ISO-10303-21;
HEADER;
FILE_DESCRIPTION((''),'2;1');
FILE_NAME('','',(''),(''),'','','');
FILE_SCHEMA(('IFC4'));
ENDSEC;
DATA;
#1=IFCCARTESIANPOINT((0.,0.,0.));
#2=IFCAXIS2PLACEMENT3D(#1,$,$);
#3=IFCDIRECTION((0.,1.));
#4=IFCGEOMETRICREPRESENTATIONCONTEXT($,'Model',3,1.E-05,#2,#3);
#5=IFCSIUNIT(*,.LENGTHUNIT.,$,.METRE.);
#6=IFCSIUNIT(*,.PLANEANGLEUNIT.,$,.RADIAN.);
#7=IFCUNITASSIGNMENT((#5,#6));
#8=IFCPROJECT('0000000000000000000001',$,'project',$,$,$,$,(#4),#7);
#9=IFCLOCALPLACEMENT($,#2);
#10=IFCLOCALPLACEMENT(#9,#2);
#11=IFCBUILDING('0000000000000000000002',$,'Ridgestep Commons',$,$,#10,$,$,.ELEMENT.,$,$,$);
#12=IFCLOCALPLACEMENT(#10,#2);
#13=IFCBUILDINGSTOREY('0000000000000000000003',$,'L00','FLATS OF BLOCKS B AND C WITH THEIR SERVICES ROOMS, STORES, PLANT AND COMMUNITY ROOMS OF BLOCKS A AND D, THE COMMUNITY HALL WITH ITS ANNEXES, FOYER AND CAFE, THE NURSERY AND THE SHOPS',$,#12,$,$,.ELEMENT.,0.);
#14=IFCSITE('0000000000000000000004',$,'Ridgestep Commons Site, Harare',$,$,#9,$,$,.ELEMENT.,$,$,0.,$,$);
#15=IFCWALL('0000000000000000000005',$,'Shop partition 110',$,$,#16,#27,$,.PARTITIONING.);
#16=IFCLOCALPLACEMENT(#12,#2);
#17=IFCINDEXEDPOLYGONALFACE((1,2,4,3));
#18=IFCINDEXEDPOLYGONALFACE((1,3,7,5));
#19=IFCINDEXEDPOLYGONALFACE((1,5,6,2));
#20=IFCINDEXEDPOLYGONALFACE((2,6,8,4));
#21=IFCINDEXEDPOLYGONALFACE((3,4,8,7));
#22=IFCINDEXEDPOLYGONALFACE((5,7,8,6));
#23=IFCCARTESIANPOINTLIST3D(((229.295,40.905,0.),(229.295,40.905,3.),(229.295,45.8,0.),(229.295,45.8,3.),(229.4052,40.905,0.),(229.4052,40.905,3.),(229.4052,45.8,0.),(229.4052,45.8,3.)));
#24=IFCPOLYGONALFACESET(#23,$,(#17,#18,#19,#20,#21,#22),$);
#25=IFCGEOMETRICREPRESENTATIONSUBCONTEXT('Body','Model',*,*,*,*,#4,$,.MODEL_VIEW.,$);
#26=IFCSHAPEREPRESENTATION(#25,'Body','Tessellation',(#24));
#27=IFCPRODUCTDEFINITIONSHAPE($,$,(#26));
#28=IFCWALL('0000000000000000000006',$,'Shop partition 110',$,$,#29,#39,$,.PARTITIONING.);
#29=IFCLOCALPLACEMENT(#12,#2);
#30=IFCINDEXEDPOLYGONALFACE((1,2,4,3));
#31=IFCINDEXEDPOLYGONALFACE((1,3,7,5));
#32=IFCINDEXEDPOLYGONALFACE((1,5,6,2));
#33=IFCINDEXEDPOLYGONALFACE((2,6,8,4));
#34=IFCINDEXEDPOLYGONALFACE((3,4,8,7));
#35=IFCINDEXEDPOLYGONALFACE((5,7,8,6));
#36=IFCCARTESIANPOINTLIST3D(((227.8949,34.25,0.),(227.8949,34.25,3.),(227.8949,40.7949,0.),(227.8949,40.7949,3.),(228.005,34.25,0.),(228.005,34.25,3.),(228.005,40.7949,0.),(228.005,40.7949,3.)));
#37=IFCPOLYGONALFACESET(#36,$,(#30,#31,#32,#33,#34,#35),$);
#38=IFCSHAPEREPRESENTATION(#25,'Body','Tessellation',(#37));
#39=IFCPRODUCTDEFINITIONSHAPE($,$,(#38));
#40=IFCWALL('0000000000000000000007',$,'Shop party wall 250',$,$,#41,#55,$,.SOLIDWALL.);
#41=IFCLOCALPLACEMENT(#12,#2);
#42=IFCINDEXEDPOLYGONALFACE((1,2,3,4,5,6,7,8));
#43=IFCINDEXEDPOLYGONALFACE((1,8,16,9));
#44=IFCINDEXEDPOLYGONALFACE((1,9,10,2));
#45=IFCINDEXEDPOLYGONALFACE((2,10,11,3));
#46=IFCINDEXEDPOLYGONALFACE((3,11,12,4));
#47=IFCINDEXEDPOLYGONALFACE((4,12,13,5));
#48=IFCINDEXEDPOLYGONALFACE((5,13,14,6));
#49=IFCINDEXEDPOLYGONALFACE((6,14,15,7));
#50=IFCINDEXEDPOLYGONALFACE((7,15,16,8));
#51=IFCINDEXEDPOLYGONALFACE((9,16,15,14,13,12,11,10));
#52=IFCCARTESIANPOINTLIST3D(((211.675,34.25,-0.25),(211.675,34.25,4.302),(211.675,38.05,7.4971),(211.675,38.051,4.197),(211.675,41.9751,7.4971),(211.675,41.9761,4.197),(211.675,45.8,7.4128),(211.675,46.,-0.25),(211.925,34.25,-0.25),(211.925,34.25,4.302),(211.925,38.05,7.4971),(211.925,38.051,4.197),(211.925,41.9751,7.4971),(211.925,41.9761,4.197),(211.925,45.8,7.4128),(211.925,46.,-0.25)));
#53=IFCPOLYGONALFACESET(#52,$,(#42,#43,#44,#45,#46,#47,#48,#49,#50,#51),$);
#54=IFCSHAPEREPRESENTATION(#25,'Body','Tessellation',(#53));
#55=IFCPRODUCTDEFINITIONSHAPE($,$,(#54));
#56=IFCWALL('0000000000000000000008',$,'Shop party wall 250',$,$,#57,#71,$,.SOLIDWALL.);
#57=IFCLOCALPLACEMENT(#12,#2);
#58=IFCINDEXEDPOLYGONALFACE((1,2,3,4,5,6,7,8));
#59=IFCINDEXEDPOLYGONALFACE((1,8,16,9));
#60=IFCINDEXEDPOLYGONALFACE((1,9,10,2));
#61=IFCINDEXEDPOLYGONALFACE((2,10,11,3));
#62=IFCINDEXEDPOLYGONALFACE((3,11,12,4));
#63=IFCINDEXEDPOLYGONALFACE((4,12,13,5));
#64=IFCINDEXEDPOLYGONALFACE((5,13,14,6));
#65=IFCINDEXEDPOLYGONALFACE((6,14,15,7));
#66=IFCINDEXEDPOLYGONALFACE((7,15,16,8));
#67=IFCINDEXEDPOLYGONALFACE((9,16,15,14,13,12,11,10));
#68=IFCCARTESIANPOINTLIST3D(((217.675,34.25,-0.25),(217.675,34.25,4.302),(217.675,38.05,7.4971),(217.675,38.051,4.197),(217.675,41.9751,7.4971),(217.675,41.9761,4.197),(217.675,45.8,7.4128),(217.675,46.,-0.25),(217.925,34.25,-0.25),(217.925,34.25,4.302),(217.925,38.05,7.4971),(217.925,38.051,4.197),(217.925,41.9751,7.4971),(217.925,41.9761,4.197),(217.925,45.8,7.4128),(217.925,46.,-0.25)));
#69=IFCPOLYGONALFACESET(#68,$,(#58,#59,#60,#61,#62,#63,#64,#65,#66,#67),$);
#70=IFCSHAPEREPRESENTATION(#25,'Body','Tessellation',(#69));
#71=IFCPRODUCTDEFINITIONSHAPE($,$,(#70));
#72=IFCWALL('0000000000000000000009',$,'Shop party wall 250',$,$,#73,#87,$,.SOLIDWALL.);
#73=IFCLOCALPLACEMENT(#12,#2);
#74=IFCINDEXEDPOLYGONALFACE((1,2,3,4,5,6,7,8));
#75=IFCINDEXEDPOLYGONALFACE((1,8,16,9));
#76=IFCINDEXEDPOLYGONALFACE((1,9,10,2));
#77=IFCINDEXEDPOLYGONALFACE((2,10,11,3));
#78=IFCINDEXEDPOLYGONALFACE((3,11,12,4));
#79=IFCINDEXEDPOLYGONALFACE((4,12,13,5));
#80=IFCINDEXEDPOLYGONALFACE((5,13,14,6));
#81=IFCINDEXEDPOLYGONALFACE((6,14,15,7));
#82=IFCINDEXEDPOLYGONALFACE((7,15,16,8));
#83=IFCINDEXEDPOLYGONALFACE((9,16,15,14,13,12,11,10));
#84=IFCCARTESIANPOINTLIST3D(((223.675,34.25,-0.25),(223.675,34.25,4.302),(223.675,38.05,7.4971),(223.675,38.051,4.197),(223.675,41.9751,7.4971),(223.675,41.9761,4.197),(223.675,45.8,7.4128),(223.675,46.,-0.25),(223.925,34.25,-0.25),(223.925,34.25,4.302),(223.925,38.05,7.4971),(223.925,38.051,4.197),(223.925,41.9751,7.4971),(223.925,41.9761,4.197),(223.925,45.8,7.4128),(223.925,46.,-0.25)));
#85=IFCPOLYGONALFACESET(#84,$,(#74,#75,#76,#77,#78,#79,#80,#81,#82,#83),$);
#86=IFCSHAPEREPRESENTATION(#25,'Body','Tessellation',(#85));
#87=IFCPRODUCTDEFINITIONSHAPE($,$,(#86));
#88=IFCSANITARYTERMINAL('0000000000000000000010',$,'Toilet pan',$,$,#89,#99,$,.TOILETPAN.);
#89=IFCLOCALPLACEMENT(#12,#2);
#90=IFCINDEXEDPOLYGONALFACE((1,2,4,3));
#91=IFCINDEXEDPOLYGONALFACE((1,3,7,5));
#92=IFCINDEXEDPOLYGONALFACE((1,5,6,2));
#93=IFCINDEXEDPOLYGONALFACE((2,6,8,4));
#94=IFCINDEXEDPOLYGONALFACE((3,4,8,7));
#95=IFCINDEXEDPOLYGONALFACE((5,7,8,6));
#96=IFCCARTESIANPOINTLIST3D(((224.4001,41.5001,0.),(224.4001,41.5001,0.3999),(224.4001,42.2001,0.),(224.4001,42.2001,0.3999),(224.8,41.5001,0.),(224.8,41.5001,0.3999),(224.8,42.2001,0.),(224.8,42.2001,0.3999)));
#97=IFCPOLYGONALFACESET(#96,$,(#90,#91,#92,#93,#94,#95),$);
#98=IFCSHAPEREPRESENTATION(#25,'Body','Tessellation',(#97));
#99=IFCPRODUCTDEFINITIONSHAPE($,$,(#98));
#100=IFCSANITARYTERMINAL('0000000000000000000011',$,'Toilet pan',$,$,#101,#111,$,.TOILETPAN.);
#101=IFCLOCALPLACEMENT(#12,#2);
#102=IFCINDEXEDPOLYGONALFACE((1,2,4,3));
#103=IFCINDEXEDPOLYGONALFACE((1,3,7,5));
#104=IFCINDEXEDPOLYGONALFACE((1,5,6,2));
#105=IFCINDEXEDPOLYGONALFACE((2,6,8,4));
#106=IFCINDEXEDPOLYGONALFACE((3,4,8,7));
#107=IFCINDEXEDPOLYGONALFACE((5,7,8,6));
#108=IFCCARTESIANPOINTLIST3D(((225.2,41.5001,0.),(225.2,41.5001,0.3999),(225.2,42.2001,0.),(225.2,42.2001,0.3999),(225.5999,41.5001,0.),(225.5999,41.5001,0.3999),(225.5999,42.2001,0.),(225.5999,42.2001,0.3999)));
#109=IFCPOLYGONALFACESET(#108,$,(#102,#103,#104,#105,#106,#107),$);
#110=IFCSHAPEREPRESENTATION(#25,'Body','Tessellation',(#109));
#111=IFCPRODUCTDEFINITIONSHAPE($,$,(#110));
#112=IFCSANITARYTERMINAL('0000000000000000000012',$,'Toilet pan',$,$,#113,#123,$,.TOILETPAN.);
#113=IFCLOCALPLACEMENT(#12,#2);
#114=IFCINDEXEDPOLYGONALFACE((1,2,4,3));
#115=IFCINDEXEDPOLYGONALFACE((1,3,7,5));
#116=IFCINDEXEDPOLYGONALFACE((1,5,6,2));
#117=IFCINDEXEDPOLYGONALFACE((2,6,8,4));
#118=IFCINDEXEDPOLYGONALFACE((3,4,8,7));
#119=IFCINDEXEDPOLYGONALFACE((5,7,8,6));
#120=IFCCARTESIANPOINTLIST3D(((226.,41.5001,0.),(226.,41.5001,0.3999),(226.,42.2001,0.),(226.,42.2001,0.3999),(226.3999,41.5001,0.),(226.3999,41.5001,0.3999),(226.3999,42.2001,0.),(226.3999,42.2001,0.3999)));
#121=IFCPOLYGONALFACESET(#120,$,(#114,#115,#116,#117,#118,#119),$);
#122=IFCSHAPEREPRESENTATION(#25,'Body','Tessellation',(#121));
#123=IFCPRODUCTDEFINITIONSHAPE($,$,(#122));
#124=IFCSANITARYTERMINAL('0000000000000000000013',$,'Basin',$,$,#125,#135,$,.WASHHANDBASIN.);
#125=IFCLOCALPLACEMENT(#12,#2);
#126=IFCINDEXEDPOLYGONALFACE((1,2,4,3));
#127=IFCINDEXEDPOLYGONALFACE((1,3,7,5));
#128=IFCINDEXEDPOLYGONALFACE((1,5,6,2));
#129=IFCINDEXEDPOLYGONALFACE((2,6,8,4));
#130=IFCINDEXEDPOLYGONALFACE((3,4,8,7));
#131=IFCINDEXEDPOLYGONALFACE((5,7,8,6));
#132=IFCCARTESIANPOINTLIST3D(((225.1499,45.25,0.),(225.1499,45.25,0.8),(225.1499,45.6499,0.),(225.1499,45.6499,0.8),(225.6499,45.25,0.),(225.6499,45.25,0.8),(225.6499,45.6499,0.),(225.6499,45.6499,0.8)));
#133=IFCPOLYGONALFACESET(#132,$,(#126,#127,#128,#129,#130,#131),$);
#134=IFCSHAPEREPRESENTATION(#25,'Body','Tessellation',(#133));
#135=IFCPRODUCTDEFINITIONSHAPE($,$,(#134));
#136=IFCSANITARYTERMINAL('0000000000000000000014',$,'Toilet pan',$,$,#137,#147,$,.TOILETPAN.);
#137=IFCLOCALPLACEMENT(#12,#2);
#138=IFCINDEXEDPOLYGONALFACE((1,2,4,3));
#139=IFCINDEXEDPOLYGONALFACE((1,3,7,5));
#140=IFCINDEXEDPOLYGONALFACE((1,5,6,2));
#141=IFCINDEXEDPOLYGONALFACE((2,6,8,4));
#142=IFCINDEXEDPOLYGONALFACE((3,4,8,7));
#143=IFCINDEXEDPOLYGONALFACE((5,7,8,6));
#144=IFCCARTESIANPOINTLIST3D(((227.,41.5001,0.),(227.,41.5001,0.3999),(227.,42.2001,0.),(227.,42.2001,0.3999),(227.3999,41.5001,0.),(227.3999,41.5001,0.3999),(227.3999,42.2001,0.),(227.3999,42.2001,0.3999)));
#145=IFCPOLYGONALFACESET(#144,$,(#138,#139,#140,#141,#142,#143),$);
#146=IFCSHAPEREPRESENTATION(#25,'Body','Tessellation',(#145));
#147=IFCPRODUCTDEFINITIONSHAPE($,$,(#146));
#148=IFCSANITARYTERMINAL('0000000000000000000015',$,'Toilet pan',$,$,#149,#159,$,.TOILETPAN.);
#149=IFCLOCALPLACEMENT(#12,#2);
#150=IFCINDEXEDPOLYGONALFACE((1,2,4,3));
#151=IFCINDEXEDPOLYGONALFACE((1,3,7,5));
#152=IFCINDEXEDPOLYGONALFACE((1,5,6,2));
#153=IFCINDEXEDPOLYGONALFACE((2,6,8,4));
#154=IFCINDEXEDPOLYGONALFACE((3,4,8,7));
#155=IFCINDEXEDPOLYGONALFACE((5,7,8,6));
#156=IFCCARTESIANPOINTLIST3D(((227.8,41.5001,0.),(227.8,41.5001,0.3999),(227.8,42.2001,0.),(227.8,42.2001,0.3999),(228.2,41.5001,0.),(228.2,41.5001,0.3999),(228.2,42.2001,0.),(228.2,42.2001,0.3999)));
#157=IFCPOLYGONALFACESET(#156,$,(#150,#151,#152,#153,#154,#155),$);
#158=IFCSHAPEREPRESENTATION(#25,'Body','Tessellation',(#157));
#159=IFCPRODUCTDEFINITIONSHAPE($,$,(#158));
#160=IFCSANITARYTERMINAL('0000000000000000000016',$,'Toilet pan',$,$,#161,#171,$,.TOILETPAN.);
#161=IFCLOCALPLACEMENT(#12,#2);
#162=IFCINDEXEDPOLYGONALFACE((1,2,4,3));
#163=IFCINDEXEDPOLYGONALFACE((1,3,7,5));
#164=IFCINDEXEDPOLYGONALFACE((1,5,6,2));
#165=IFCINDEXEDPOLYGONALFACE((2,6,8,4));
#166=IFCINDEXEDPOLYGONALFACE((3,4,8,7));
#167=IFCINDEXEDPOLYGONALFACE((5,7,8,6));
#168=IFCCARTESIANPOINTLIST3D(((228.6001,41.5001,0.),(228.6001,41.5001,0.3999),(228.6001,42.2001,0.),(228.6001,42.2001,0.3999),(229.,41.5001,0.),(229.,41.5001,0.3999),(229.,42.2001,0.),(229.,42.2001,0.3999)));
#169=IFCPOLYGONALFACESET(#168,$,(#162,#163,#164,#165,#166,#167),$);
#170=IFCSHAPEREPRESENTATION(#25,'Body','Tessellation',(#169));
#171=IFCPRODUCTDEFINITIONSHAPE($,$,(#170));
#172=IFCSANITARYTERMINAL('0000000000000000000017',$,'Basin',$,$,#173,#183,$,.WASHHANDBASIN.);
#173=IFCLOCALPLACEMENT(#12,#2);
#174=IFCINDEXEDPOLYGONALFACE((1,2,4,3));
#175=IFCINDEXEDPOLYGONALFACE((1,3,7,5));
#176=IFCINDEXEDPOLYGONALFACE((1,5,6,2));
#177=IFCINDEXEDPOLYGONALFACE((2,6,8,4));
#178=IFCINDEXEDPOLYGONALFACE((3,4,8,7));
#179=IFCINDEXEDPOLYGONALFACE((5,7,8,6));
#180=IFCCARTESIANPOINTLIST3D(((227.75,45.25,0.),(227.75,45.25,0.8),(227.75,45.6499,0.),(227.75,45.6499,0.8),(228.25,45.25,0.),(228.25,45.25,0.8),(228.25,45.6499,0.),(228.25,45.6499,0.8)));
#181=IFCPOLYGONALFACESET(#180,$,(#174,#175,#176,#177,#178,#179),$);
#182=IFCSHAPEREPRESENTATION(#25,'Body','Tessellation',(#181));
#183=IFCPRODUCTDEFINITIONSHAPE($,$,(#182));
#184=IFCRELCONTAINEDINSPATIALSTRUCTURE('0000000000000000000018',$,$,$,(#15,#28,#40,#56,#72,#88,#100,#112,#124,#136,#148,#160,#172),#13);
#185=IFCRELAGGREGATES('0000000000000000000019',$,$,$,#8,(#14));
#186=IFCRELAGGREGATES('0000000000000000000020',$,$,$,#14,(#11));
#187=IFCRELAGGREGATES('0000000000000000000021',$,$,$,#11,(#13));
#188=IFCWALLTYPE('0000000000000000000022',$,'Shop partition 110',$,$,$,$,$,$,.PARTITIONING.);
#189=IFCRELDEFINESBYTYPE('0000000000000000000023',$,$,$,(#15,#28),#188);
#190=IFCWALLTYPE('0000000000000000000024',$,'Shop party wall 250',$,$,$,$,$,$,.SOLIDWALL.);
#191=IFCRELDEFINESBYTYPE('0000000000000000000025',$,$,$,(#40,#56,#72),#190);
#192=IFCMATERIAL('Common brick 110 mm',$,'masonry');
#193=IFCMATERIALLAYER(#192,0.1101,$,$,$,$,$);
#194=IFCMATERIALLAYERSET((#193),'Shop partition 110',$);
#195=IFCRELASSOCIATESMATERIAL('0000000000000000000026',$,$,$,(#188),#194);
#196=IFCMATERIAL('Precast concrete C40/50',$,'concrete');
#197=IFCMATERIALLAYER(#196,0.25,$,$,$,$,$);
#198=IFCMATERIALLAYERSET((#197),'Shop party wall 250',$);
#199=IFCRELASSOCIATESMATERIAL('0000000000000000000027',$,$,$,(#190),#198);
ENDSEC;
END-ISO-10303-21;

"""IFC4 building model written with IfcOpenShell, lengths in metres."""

from ifc_helpers import new_model, si_unit, direction, frame, frame_2d, origin, origin_2d, place, context, subcontext, project, spatial, polyline, rectangle, outline, extrude, material, layer, layer_set, type_object, element, save


model = new_model("IFC4")

# Units and contexts
model_context = context("Model", 3, precision=1e-05, world=origin(), true_north=direction((0.0, 1.0)))
body_context = subcontext(model_context, "Body", "Model", "MODEL_VIEW")
ifc_project = project(units=[si_unit("LENGTHUNIT", "METRE"), si_unit("PLANEANGLEUNIT", "RADIAN")], contexts=[model_context])

# Site, building, storey
site_placement = place(None, origin())
site = spatial("IfcSite", under=ifc_project, at=site_placement, Name="Ridgestep Commons Site, Harare", CompositionType="ELEMENT", RefElevation=0.0)
building_placement = place(site_placement, origin())
building = spatial("IfcBuilding", under=site, at=building_placement, Name="Ridgestep Commons", CompositionType="ELEMENT")
storey_placement = place(building_placement, origin())
storey = spatial("IfcBuildingStorey", under=building, at=storey_placement, Name="L00", Description="FLATS OF BLOCKS B AND C WITH THEIR SERVICES ROOMS, STORES, PLANT AND COMMUNITY ROOMS OF BLOCKS A AND D, THE COMMUNITY HALL WITH ITS ANNEXES, FOYER AND CAFE, THE NURSERY AND THE SHOPS", CompositionType="ELEMENT", Elevation=0.0)

# Shared definitions
ifc_material_1 = material(Name="Common brick 110 mm", Category="masonry")
ifc_layer_1 = layer(ifc_material_1, 0.1101)
ifc_layer_set_1 = layer_set([ifc_layer_1], Name="Shop partition 110")
wall_type_1 = type_object("IfcWallType", Name="Shop partition 110", PredefinedType="PARTITIONING", material=ifc_layer_set_1)

# Walls
for number, where, z_axis, x_axis, name in (
    (1, (229.3501, 40.905, 0.0), (0.0, 0.0, 1.0), (0.0, 1.0, 0.0), "Shop partition 110"),
):
    element("IfcWall", number, at=place(storey_placement, frame(where, z_axis=z_axis, x_axis=x_axis)), inside=storey, type_object=wall_type_1, Name=name, PredefinedType="PARTITIONING", context=body_context, shape_type="SweptSolid", body=[
        extrude(rectangle(XDim=4.895, YDim=0.1101, at=frame_2d((2.4475, 0.0))), origin(), (0.0, 0.0, 1.0), 3.0),
    ])
wall_1_placement = place(storey_placement, frame((227.95, 34.25, 0.0), z_axis=(0.0, 0.0, 1.0), x_axis=(0.0, 1.0, 0.0)))
element("IfcWall", 2, at=wall_1_placement, inside=storey, type_object=wall_type_1, Name="Shop partition 110", PredefinedType="PARTITIONING", context=body_context, shape_type="SweptSolid", body=[
    extrude(rectangle(XDim=6.5449, YDim=0.1101, at=frame_2d((3.2725, 0.0))), origin(), (0.0, 0.0, 1.0), 3.0),
])
ifc_material_2 = material(Name="Precast concrete C40/50", Category="concrete")
ifc_layer_2 = layer(ifc_material_2, 0.25)
ifc_layer_set_2 = layer_set([ifc_layer_2], Name="Shop party wall 250")
wall_type_2 = type_object("IfcWallType", Name="Shop party wall 250", PredefinedType="SOLIDWALL", material=ifc_layer_set_2)
for number, where, z_axis, x_axis, name in (
    (3, (211.8, 34.25, -0.25), (0.0, 0.0, 1.0), (0.0, 1.0, 0.0), "Shop party wall 250"),
    (4, (217.8, 34.25, -0.25), (0.0, 0.0, 1.0), (0.0, 1.0, 0.0), "Shop party wall 250"),
    (5, (223.8, 34.25, -0.25), (0.0, 0.0, 1.0), (0.0, 1.0, 0.0), "Shop party wall 250"),
):
    element("IfcWall", number, at=place(storey_placement, frame(where, z_axis=z_axis, x_axis=x_axis)), inside=storey, type_object=wall_type_2, Name=name, PredefinedType="SOLIDWALL", context=body_context, shape_type="SweptSolid", body=[
        extrude(outline(polyline([(0.0, 0.0), (11.75, 0.0), (11.55, 7.6628), (7.7261, 4.447), (7.7251, 7.7471), (3.801, 4.447), (3.8, 7.7471), (0.0, 4.552), (0.0, 0.0)])), frame((0.0, 0.125, 0.0), z_axis=(0.0, -1.0, 0.0), x_axis=(1.0, 0.0, 0.0)), (0.0, 0.0, 1.0), 0.25),
    ])

# Sanitary terminals
for number, where, z_axis, x_axis, name in (
    (6, (224.6001, 41.8501, 0.0), (0.0, 0.0, 1.0), (1.0, 0.0, 0.0), "Toilet pan"),
    (7, (225.3999, 41.8501, 0.0), (0.0, 0.0, 1.0), (1.0, 0.0, 0.0), "Toilet pan"),
    (8, (226.2, 41.8501, 0.0), (0.0, 0.0, 1.0), (1.0, 0.0, 0.0), "Toilet pan"),
):
    element("IfcSanitaryTerminal", number, at=place(storey_placement, frame(where, z_axis=z_axis, x_axis=x_axis)), inside=storey, Name=name, PredefinedType="TOILETPAN", context=body_context, shape_type="SweptSolid", body=[
        extrude(rectangle(XDim=0.3999, YDim=0.7, at=origin_2d()), origin(), (0.0, 0.0, 1.0), 0.3999),
    ])
sanitary_terminal_1_placement = place(storey_placement, frame((225.3999, 45.45, 0.0), z_axis=(0.0, 0.0, 1.0), x_axis=(1.0, 0.0, 0.0)))
element("IfcSanitaryTerminal", 9, at=sanitary_terminal_1_placement, inside=storey, Name="Basin", PredefinedType="WASHHANDBASIN", context=body_context, shape_type="SweptSolid", body=[
    extrude(rectangle(XDim=0.5, YDim=0.3999, at=origin_2d()), origin(), (0.0, 0.0, 1.0), 0.8),
])
for number, where, z_axis, x_axis, name in (
    (10, (227.2, 41.8501, 0.0), (0.0, 0.0, 1.0), (1.0, 0.0, 0.0), "Toilet pan"),
    (11, (228.0, 41.8501, 0.0), (0.0, 0.0, 1.0), (1.0, 0.0, 0.0), "Toilet pan"),
    (12, (228.8, 41.8501, 0.0), (0.0, 0.0, 1.0), (1.0, 0.0, 0.0), "Toilet pan"),
):
    element("IfcSanitaryTerminal", number, at=place(storey_placement, frame(where, z_axis=z_axis, x_axis=x_axis)), inside=storey, Name=name, PredefinedType="TOILETPAN", context=body_context, shape_type="SweptSolid", body=[
        extrude(rectangle(XDim=0.3999, YDim=0.7, at=origin_2d()), origin(), (0.0, 0.0, 1.0), 0.3999),
    ])
sanitary_terminal_2_placement = place(storey_placement, frame((228.0, 45.45, 0.0), z_axis=(0.0, 0.0, 1.0), x_axis=(1.0, 0.0, 0.0)))
element("IfcSanitaryTerminal", 13, at=sanitary_terminal_2_placement, inside=storey, Name="Basin", PredefinedType="WASHHANDBASIN", context=body_context, shape_type="SweptSolid", body=[
    extrude(rectangle(XDim=0.5, YDim=0.3999, at=origin_2d()), origin(), (0.0, 0.0, 1.0), 0.8),
])

save(model, "model.ifc")
